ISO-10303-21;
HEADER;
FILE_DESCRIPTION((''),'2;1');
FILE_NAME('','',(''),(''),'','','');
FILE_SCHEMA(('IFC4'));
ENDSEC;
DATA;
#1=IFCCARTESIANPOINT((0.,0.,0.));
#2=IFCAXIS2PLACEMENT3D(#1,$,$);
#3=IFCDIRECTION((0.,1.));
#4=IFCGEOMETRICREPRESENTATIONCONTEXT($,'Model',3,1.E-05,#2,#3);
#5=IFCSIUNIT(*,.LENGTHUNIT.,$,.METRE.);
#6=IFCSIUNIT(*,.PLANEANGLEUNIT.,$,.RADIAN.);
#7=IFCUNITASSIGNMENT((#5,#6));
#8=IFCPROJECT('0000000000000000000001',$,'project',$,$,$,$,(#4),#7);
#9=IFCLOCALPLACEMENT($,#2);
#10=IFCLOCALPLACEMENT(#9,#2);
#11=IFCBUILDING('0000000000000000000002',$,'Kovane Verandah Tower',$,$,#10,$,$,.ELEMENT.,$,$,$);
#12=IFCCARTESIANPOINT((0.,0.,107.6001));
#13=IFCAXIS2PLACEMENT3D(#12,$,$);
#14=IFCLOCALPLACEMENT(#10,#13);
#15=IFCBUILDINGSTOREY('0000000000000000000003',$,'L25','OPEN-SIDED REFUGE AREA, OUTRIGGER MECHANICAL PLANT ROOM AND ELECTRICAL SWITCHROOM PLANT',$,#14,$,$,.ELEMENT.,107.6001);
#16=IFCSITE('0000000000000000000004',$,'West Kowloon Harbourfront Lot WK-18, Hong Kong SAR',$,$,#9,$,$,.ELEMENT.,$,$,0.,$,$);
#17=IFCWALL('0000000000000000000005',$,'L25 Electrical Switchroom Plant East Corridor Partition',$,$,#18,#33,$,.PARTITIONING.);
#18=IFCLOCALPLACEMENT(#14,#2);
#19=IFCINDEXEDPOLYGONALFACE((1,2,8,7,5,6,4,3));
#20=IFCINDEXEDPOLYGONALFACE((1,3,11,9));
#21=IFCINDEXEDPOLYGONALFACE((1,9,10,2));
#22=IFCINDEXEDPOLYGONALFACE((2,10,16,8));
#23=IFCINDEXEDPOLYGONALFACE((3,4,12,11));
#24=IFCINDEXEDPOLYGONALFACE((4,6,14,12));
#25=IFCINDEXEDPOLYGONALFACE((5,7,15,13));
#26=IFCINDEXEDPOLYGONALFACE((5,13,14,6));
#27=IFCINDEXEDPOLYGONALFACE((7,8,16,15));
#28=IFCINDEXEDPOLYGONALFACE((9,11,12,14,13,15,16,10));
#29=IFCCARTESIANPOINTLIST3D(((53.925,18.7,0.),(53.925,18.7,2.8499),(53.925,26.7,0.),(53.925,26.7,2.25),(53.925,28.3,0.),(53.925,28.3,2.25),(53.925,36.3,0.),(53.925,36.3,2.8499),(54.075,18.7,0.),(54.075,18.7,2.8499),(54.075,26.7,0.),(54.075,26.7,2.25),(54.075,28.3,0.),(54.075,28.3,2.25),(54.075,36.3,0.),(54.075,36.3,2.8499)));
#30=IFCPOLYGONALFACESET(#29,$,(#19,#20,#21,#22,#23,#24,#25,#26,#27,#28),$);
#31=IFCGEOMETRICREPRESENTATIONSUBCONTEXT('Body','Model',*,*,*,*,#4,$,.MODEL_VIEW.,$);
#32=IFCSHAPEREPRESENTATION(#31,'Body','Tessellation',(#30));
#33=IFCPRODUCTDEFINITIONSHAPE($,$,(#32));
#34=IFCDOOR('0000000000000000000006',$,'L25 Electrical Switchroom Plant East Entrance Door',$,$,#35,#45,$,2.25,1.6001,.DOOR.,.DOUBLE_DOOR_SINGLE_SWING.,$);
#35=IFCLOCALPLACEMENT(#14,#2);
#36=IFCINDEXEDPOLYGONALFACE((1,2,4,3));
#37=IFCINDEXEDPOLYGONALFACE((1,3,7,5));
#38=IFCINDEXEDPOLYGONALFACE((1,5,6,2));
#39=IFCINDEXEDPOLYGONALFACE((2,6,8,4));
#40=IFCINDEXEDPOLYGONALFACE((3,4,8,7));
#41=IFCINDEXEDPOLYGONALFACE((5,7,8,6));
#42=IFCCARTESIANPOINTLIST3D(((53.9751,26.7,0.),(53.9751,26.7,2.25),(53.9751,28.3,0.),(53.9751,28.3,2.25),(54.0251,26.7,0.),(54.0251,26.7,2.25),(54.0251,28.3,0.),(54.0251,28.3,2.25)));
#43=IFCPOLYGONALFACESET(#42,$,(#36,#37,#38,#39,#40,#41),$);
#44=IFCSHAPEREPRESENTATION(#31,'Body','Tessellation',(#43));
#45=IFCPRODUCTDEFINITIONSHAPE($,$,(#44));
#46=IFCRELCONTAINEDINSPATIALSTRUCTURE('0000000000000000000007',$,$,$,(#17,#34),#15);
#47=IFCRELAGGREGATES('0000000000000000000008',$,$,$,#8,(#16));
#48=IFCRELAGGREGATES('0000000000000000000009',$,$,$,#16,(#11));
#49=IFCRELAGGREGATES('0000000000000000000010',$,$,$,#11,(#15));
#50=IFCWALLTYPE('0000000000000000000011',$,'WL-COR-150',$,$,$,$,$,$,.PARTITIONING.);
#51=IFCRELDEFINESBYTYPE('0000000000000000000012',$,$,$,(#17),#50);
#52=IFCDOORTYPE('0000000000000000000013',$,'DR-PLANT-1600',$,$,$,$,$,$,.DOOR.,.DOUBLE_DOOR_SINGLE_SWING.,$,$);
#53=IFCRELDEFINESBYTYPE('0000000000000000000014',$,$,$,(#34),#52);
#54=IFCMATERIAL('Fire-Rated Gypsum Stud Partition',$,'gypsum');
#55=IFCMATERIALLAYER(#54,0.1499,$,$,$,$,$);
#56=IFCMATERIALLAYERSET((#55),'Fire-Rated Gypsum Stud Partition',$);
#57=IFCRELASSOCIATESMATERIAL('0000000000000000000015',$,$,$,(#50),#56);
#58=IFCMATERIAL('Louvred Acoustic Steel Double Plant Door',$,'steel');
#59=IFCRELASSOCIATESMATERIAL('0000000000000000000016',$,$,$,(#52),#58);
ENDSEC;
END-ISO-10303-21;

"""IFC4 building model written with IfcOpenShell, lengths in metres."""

from ifc_helpers import new_model, si_unit, direction, frame, frame_2d, origin, place, context, subcontext, project, spatial, rectangle, extrude, material, layer, layer_set, type_object, element, fill, save


model = new_model("IFC4")

# Units and contexts
model_context = context("Model", 3, precision=1e-05, world=origin(), true_north=direction((0.0, 1.0)))
body_context = subcontext(model_context, "Body", "Model", "MODEL_VIEW")
ifc_project = project(units=[si_unit("LENGTHUNIT", "METRE"), si_unit("PLANEANGLEUNIT", "RADIAN")], contexts=[model_context])

# Site, building, storey
site_placement = place(None, origin())
site = spatial("IfcSite", under=ifc_project, at=site_placement, Name="West Kowloon Harbourfront Lot WK-18, Hong Kong SAR", CompositionType="ELEMENT", RefElevation=0.0)
building_placement = place(site_placement, origin())
building = spatial("IfcBuilding", under=site, at=building_placement, Name="Kovane Verandah Tower", CompositionType="ELEMENT")
storey_placement = place(building_placement, frame((0.0, 0.0, 107.6001)))
storey = spatial("IfcBuildingStorey", under=building, at=storey_placement, Name="L25", Description="OPEN-SIDED REFUGE AREA, OUTRIGGER MECHANICAL PLANT ROOM AND ELECTRICAL SWITCHROOM PLANT", CompositionType="ELEMENT", Elevation=107.6001)

# Wall, opening, door
ifc_material_1 = material(Name="Fire-Rated Gypsum Stud Partition", Category="gypsum")
ifc_layer_1 = layer(ifc_material_1, 0.1499)
ifc_layer_set_1 = layer_set([ifc_layer_1], Name="Fire-Rated Gypsum Stud Partition")
wall_type = type_object("IfcWallType", Name="WL-COR-150", PredefinedType="PARTITIONING", material=ifc_layer_set_1)
wall_placement = place(storey_placement, frame((54.0, 18.7, 0.0), z_axis=(0.0, 0.0, 1.0), x_axis=(0.0, 1.0, 0.0)))
wall = element("IfcWall", 1, at=wall_placement, inside=storey, type_object=wall_type, Name="L25 Electrical Switchroom Plant East Corridor Partition", PredefinedType="PARTITIONING", context=body_context, shape_type="SweptSolid", body=[
    extrude(rectangle(XDim=17.6001, YDim=0.1499, at=frame_2d((8.8, 0.0))), origin(), (0.0, 0.0, 1.0), 2.8499),
])
opening_placement = place(wall_placement, frame((8.0, 0.0, 0.0)))
opening = element("IfcOpeningElement", 2, at=opening_placement, cuts=wall, PredefinedType="OPENING", context=body_context, shape_type="SweptSolid", body=[
    extrude(rectangle(XDim=1.6001, YDim=2.25, at=frame_2d((0.8, 1.125))), frame((0.0, 0.075, 0.0), z_axis=(0.0, -1.0, 0.0), x_axis=(1.0, 0.0, 0.0)), (0.0, 0.0, 1.0), 0.1499),
])
ifc_material_2 = material(Name="Louvred Acoustic Steel Double Plant Door", Category="steel")
door_type = type_object("IfcDoorType", Name="DR-PLANT-1600", OperationType="DOUBLE_DOOR_SINGLE_SWING", PredefinedType="DOOR", material=ifc_material_2)
door_placement = place(opening_placement, origin())
door = element("IfcDoor", 3, at=door_placement, inside=storey, type_object=door_type, Name="L25 Electrical Switchroom Plant East Entrance Door", OperationType="DOUBLE_DOOR_SINGLE_SWING", OverallHeight=2.25, OverallWidth=1.6001, PredefinedType="DOOR", context=body_context, shape_type="SweptSolid", body=[
    extrude(rectangle(XDim=1.6001, YDim=2.25, at=frame_2d((0.8, 1.125))), frame((0.0, 0.0249, 0.0), z_axis=(0.0, -1.0, 0.0), x_axis=(1.0, 0.0, 0.0)), (0.0, 0.0, 1.0), 0.05),
])
fill(opening, door)

save(model, "model.ifc")
